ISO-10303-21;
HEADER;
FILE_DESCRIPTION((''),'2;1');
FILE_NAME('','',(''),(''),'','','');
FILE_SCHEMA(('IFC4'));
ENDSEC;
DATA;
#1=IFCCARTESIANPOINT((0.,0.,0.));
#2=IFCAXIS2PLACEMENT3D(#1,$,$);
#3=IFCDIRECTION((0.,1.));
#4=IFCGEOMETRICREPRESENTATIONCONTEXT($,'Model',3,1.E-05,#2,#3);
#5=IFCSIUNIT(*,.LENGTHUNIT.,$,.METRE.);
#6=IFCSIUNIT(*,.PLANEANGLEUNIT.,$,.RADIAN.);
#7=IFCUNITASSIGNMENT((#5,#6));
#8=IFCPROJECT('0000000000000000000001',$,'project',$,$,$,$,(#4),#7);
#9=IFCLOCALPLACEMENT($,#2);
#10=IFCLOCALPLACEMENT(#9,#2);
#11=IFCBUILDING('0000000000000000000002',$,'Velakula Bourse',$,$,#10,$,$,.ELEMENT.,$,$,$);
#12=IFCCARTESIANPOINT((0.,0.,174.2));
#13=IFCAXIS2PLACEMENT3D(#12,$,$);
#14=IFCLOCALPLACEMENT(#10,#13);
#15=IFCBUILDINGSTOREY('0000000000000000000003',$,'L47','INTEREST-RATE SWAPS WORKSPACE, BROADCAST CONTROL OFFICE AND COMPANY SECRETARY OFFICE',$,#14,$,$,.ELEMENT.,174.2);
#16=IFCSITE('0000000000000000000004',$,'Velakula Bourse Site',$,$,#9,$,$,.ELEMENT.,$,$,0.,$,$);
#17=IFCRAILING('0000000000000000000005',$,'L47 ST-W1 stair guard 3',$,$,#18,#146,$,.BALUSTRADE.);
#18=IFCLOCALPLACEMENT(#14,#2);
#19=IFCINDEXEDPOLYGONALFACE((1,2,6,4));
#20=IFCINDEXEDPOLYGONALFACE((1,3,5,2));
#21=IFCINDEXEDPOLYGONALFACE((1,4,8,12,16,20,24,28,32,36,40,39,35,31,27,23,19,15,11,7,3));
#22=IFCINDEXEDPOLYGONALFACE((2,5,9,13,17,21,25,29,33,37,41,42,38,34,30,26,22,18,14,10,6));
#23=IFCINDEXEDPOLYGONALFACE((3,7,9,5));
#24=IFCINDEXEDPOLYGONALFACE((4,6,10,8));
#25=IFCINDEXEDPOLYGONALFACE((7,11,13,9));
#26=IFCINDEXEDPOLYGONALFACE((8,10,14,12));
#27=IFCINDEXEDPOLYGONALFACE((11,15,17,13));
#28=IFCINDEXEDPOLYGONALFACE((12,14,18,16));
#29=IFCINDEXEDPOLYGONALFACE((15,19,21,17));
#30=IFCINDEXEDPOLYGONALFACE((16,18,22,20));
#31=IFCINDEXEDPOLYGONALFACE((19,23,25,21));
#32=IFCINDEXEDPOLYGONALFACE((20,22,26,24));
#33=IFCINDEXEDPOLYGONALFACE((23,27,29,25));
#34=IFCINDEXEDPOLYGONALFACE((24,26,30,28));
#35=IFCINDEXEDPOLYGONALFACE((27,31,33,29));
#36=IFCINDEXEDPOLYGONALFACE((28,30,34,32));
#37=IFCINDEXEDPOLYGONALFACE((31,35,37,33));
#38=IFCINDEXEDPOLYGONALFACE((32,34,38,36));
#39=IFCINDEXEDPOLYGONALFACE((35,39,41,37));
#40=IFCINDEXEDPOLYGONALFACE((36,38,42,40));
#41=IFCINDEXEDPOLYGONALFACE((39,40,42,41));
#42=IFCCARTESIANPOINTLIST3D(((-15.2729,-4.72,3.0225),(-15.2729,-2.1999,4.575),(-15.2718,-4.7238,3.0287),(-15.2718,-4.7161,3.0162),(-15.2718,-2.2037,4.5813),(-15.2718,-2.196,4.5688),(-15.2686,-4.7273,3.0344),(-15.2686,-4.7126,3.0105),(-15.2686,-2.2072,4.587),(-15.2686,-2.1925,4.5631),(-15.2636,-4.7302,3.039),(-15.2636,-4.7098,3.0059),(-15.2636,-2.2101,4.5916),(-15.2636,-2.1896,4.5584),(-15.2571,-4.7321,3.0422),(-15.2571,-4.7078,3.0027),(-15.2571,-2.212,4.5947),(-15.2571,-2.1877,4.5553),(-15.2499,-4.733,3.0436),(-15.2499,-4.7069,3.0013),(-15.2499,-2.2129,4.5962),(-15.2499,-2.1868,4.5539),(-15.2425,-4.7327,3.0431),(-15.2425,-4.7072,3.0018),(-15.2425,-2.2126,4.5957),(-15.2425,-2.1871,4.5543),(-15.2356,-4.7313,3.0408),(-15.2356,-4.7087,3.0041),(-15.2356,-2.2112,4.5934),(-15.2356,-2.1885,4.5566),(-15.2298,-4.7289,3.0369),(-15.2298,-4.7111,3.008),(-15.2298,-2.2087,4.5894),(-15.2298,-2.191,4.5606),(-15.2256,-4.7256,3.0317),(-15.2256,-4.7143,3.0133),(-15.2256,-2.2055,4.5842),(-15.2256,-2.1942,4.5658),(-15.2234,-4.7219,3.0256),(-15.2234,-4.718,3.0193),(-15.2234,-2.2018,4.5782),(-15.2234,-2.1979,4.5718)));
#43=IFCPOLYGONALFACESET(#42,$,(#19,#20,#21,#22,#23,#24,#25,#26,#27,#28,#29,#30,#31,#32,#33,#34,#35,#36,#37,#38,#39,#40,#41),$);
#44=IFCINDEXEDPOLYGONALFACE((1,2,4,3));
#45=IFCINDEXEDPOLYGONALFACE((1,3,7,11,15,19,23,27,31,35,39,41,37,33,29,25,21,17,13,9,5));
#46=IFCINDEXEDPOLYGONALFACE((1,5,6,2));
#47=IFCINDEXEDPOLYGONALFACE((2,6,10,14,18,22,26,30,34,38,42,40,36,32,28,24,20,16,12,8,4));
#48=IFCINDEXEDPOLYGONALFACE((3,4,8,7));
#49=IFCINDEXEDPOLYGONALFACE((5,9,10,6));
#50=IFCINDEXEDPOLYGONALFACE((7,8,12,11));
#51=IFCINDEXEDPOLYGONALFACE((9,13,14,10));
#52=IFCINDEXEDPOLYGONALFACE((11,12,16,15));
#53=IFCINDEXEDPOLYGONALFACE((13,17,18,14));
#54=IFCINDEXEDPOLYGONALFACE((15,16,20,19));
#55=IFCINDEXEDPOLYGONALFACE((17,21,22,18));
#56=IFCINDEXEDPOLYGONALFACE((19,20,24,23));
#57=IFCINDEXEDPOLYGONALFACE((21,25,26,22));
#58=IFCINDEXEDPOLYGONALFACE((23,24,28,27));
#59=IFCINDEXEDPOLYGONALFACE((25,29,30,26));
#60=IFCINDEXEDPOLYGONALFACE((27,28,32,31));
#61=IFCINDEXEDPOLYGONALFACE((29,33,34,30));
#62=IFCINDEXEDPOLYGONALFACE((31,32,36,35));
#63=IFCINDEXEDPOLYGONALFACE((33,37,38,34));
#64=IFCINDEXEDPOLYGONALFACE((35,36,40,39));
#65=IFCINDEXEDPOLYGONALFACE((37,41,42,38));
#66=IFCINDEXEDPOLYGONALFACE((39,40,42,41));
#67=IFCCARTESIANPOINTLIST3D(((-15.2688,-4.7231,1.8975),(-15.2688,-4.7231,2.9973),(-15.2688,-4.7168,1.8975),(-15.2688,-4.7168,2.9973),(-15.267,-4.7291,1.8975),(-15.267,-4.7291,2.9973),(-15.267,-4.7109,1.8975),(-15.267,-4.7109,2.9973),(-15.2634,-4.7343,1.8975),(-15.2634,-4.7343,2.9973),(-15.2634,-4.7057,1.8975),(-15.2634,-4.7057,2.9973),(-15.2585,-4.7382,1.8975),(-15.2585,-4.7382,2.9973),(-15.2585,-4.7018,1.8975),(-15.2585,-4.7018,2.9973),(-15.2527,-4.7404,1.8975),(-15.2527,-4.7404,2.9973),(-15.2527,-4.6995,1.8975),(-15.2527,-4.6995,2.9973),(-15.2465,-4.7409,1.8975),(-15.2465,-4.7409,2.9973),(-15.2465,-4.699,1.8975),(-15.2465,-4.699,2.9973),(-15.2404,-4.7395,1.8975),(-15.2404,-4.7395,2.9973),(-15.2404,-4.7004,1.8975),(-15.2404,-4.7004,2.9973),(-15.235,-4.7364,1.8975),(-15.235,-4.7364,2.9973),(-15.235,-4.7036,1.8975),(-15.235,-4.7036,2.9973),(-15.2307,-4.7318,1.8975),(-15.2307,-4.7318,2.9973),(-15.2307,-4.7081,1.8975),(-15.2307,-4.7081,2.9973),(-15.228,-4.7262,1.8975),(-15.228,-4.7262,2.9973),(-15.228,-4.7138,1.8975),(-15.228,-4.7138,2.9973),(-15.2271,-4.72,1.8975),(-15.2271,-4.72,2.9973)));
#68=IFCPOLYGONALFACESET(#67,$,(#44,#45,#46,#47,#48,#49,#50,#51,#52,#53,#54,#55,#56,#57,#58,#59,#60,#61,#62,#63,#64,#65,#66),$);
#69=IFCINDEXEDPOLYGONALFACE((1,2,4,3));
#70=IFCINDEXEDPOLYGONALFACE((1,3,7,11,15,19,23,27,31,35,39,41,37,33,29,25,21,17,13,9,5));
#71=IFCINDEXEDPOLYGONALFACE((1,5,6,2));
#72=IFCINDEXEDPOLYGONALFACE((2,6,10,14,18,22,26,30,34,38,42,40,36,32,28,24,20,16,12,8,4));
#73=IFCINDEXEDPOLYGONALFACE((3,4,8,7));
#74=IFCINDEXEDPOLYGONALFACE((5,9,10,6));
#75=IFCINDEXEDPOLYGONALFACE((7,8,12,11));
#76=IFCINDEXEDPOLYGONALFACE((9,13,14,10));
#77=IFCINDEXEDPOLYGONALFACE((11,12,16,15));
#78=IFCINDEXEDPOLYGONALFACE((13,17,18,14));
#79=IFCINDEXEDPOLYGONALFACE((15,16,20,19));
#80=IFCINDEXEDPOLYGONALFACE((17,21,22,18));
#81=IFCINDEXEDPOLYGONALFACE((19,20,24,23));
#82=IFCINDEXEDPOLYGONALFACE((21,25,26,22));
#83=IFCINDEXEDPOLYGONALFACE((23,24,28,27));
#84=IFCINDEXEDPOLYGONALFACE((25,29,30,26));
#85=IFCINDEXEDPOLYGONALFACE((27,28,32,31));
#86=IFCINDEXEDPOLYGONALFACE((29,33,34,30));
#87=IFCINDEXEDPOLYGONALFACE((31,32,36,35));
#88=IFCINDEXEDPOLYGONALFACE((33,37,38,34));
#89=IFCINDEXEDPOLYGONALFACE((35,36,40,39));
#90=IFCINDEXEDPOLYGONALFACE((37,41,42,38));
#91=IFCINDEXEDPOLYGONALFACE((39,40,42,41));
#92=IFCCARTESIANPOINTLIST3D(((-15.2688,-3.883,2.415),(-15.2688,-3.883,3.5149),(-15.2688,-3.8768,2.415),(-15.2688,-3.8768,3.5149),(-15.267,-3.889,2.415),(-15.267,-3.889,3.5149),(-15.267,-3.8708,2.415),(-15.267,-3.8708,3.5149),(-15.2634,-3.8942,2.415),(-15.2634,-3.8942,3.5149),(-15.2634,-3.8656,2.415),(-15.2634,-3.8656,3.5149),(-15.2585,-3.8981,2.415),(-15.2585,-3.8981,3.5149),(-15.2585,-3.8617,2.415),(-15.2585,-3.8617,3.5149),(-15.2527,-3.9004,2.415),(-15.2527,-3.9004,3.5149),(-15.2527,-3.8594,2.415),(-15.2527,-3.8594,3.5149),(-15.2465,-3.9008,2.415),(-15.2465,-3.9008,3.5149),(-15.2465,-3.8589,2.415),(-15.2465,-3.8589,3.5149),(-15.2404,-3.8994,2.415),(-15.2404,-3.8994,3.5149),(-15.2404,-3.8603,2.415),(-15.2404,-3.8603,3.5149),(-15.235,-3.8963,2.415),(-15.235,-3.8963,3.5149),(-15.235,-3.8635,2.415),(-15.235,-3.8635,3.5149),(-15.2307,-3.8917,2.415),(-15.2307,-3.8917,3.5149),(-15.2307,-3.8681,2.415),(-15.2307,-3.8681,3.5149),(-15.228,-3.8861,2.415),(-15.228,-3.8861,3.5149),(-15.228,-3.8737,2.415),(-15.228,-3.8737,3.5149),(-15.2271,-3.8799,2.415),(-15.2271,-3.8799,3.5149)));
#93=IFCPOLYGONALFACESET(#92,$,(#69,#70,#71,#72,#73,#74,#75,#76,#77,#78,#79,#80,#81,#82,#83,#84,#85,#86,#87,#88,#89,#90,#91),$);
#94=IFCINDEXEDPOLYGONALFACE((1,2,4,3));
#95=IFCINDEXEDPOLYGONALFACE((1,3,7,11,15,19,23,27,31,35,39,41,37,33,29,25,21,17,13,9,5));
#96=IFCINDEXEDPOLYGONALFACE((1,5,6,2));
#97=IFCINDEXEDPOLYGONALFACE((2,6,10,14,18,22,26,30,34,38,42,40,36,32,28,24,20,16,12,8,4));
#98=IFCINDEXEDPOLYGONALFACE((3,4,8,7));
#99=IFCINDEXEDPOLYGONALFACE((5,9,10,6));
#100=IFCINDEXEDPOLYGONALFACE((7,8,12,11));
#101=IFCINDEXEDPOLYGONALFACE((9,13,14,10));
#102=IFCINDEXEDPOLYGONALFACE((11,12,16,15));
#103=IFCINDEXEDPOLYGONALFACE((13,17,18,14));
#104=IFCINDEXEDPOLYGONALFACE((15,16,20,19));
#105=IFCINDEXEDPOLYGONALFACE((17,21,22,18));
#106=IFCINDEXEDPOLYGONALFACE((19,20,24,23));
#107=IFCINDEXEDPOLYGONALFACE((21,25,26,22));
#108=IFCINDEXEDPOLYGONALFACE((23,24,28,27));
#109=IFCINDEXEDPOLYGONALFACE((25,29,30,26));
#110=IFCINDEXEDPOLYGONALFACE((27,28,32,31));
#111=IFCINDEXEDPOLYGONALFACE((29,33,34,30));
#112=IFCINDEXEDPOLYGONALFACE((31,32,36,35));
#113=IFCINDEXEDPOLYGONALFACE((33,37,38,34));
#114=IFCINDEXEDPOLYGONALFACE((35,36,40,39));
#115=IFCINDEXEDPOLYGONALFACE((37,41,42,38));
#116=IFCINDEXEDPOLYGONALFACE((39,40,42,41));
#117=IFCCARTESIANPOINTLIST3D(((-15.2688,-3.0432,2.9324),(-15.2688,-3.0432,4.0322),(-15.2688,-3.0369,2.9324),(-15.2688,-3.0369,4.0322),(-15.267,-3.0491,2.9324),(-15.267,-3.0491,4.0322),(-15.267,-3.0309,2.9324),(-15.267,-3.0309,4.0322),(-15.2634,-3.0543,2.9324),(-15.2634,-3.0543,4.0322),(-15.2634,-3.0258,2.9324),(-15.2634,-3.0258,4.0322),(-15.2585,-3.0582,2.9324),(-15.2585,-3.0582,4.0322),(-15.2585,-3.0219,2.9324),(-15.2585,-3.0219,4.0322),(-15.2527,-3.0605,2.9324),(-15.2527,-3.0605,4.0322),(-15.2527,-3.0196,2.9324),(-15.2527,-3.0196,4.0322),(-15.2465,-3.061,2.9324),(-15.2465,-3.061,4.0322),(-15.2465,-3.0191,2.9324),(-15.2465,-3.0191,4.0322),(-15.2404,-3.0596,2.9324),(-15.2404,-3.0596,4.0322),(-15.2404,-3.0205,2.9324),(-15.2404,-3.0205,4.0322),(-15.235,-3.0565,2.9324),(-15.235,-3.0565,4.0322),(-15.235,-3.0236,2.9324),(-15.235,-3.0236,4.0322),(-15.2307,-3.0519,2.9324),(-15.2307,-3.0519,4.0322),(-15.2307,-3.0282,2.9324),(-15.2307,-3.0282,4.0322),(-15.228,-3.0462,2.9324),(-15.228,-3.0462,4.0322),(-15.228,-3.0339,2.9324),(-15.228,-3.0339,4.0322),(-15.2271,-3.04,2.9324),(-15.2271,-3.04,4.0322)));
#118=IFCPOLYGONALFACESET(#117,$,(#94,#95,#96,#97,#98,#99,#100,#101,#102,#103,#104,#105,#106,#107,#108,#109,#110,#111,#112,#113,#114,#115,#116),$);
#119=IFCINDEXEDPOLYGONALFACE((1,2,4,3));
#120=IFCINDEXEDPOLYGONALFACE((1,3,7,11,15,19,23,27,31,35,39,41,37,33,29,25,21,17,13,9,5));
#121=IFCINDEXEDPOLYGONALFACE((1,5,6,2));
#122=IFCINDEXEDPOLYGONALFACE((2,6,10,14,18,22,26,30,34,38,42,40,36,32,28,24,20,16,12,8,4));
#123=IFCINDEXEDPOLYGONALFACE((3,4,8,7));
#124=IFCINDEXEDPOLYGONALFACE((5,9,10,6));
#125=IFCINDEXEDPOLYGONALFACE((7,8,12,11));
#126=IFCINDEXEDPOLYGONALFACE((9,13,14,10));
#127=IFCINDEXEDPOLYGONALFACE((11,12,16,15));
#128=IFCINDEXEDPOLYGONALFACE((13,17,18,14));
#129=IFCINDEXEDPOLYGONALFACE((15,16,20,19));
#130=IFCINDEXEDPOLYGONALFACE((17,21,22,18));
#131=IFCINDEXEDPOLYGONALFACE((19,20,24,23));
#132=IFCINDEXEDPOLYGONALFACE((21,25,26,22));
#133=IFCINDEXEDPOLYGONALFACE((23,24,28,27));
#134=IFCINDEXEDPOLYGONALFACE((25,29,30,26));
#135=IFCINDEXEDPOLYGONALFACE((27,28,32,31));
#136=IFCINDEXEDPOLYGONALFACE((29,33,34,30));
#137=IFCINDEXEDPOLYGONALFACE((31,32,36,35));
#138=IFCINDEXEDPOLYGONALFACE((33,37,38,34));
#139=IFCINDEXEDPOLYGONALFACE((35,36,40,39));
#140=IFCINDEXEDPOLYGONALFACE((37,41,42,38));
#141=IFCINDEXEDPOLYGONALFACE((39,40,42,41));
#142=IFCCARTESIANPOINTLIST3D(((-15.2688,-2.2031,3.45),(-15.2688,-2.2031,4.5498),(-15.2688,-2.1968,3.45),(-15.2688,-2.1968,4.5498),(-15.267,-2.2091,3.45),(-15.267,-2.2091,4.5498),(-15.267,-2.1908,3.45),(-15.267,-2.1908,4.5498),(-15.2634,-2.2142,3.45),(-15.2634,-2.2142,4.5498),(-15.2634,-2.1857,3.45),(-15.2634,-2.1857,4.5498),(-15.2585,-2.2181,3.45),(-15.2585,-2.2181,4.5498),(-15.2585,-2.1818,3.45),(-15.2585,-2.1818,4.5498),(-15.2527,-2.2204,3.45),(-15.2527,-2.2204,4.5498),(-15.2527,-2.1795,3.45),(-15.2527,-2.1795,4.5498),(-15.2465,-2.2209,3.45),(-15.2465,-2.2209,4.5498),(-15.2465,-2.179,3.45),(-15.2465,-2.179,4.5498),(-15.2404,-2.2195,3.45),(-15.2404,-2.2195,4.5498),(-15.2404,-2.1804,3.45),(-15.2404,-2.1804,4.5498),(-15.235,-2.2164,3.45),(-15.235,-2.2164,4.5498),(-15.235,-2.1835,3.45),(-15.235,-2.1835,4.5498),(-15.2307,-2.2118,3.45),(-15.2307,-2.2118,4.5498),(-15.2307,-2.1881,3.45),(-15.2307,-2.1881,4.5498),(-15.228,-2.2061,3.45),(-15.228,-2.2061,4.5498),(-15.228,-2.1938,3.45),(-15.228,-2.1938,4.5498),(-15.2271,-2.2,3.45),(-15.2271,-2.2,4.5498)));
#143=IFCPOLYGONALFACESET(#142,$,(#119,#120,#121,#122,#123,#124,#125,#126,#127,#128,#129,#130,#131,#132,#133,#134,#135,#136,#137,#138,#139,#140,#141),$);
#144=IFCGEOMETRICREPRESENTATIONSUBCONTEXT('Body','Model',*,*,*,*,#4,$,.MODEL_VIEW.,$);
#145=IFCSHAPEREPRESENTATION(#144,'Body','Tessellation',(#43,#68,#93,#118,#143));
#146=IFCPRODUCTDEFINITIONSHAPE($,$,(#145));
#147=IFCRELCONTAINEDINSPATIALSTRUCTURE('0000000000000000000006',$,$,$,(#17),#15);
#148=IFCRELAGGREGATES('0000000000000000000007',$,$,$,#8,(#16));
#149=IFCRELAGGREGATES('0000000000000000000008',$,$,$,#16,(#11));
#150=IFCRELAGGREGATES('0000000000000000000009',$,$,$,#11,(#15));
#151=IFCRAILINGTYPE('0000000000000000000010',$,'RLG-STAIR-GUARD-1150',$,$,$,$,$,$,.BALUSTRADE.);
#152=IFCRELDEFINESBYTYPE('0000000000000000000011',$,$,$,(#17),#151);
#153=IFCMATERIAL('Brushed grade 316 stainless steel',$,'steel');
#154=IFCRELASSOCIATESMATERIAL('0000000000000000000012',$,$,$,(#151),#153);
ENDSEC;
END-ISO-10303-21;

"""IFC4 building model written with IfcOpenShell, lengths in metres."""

from ifc_helpers import new_model, si_unit, direction, frame, origin, origin_2d, place, context, subcontext, project, spatial, circle, extrude, material, type_object, element, save


model = new_model("IFC4")

# Units and contexts
model_context = context("Model", 3, precision=1e-05, world=origin(), true_north=direction((0.0, 1.0)))
body_context = subcontext(model_context, "Body", "Model", "MODEL_VIEW")
ifc_project = project(units=[si_unit("LENGTHUNIT", "METRE"), si_unit("PLANEANGLEUNIT", "RADIAN")], contexts=[model_context])

# Site, building, storey
site_placement = place(None, origin())
site = spatial("IfcSite", under=ifc_project, at=site_placement, Name="Velakula Bourse Site", CompositionType="ELEMENT", RefElevation=0.0)
building_placement = place(site_placement, origin())
building = spatial("IfcBuilding", under=site, at=building_placement, Name="Velakula Bourse", CompositionType="ELEMENT")
storey_placement = place(building_placement, frame((0.0, 0.0, 174.2)))
storey = spatial("IfcBuildingStorey", under=building, at=storey_placement, Name="L47", Description="INTEREST-RATE SWAPS WORKSPACE, BROADCAST CONTROL OFFICE AND COMPANY SECRETARY OFFICE", CompositionType="ELEMENT", Elevation=174.2)

# Shared definitions
ifc_material_1 = material(Name="Brushed grade 316 stainless steel", Category="steel")

# Railing
railing_type_1 = type_object("IfcRailingType", Name="RLG-STAIR-GUARD-1150", PredefinedType="BALUSTRADE", material=ifc_material_1)
railing_1_placement = place(storey_placement, frame((-15.248, -4.72, 1.8975)))
element("IfcRailing", 1, at=railing_1_placement, inside=storey, type_object=railing_type_1, Name="L47 ST-W1 stair guard 3", PredefinedType="BALUSTRADE", context=body_context, shape_type="SweptSolid", body=[
    extrude(circle(Radius=0.0249, at=origin_2d()), frame((0.0, 0.0, 1.125), z_axis=(0.0, 0.8514, 0.524516), x_axis=(-1.0, 0.0, 0.0)), (0.0, 0.0, 1.0), 2.96),
    extrude(circle(Radius=0.021, at=origin_2d()), origin(), (0.0, 0.0, 1.0), 1.0999),
    extrude(circle(Radius=0.021, at=origin_2d()), frame((0.0, 0.8401, 0.5176)), (0.0, 0.0, 1.0), 1.0999),
    extrude(circle(Radius=0.021, at=origin_2d()), frame((0.0, 1.6799, 1.0349)), (0.0, 0.0, 1.0), 1.0999),
    extrude(circle(Radius=0.021, at=origin_2d()), frame((0.0, 2.52, 1.5525)), (0.0, 0.0, 1.0), 1.0999),
])

save(model, "model.ifc")
